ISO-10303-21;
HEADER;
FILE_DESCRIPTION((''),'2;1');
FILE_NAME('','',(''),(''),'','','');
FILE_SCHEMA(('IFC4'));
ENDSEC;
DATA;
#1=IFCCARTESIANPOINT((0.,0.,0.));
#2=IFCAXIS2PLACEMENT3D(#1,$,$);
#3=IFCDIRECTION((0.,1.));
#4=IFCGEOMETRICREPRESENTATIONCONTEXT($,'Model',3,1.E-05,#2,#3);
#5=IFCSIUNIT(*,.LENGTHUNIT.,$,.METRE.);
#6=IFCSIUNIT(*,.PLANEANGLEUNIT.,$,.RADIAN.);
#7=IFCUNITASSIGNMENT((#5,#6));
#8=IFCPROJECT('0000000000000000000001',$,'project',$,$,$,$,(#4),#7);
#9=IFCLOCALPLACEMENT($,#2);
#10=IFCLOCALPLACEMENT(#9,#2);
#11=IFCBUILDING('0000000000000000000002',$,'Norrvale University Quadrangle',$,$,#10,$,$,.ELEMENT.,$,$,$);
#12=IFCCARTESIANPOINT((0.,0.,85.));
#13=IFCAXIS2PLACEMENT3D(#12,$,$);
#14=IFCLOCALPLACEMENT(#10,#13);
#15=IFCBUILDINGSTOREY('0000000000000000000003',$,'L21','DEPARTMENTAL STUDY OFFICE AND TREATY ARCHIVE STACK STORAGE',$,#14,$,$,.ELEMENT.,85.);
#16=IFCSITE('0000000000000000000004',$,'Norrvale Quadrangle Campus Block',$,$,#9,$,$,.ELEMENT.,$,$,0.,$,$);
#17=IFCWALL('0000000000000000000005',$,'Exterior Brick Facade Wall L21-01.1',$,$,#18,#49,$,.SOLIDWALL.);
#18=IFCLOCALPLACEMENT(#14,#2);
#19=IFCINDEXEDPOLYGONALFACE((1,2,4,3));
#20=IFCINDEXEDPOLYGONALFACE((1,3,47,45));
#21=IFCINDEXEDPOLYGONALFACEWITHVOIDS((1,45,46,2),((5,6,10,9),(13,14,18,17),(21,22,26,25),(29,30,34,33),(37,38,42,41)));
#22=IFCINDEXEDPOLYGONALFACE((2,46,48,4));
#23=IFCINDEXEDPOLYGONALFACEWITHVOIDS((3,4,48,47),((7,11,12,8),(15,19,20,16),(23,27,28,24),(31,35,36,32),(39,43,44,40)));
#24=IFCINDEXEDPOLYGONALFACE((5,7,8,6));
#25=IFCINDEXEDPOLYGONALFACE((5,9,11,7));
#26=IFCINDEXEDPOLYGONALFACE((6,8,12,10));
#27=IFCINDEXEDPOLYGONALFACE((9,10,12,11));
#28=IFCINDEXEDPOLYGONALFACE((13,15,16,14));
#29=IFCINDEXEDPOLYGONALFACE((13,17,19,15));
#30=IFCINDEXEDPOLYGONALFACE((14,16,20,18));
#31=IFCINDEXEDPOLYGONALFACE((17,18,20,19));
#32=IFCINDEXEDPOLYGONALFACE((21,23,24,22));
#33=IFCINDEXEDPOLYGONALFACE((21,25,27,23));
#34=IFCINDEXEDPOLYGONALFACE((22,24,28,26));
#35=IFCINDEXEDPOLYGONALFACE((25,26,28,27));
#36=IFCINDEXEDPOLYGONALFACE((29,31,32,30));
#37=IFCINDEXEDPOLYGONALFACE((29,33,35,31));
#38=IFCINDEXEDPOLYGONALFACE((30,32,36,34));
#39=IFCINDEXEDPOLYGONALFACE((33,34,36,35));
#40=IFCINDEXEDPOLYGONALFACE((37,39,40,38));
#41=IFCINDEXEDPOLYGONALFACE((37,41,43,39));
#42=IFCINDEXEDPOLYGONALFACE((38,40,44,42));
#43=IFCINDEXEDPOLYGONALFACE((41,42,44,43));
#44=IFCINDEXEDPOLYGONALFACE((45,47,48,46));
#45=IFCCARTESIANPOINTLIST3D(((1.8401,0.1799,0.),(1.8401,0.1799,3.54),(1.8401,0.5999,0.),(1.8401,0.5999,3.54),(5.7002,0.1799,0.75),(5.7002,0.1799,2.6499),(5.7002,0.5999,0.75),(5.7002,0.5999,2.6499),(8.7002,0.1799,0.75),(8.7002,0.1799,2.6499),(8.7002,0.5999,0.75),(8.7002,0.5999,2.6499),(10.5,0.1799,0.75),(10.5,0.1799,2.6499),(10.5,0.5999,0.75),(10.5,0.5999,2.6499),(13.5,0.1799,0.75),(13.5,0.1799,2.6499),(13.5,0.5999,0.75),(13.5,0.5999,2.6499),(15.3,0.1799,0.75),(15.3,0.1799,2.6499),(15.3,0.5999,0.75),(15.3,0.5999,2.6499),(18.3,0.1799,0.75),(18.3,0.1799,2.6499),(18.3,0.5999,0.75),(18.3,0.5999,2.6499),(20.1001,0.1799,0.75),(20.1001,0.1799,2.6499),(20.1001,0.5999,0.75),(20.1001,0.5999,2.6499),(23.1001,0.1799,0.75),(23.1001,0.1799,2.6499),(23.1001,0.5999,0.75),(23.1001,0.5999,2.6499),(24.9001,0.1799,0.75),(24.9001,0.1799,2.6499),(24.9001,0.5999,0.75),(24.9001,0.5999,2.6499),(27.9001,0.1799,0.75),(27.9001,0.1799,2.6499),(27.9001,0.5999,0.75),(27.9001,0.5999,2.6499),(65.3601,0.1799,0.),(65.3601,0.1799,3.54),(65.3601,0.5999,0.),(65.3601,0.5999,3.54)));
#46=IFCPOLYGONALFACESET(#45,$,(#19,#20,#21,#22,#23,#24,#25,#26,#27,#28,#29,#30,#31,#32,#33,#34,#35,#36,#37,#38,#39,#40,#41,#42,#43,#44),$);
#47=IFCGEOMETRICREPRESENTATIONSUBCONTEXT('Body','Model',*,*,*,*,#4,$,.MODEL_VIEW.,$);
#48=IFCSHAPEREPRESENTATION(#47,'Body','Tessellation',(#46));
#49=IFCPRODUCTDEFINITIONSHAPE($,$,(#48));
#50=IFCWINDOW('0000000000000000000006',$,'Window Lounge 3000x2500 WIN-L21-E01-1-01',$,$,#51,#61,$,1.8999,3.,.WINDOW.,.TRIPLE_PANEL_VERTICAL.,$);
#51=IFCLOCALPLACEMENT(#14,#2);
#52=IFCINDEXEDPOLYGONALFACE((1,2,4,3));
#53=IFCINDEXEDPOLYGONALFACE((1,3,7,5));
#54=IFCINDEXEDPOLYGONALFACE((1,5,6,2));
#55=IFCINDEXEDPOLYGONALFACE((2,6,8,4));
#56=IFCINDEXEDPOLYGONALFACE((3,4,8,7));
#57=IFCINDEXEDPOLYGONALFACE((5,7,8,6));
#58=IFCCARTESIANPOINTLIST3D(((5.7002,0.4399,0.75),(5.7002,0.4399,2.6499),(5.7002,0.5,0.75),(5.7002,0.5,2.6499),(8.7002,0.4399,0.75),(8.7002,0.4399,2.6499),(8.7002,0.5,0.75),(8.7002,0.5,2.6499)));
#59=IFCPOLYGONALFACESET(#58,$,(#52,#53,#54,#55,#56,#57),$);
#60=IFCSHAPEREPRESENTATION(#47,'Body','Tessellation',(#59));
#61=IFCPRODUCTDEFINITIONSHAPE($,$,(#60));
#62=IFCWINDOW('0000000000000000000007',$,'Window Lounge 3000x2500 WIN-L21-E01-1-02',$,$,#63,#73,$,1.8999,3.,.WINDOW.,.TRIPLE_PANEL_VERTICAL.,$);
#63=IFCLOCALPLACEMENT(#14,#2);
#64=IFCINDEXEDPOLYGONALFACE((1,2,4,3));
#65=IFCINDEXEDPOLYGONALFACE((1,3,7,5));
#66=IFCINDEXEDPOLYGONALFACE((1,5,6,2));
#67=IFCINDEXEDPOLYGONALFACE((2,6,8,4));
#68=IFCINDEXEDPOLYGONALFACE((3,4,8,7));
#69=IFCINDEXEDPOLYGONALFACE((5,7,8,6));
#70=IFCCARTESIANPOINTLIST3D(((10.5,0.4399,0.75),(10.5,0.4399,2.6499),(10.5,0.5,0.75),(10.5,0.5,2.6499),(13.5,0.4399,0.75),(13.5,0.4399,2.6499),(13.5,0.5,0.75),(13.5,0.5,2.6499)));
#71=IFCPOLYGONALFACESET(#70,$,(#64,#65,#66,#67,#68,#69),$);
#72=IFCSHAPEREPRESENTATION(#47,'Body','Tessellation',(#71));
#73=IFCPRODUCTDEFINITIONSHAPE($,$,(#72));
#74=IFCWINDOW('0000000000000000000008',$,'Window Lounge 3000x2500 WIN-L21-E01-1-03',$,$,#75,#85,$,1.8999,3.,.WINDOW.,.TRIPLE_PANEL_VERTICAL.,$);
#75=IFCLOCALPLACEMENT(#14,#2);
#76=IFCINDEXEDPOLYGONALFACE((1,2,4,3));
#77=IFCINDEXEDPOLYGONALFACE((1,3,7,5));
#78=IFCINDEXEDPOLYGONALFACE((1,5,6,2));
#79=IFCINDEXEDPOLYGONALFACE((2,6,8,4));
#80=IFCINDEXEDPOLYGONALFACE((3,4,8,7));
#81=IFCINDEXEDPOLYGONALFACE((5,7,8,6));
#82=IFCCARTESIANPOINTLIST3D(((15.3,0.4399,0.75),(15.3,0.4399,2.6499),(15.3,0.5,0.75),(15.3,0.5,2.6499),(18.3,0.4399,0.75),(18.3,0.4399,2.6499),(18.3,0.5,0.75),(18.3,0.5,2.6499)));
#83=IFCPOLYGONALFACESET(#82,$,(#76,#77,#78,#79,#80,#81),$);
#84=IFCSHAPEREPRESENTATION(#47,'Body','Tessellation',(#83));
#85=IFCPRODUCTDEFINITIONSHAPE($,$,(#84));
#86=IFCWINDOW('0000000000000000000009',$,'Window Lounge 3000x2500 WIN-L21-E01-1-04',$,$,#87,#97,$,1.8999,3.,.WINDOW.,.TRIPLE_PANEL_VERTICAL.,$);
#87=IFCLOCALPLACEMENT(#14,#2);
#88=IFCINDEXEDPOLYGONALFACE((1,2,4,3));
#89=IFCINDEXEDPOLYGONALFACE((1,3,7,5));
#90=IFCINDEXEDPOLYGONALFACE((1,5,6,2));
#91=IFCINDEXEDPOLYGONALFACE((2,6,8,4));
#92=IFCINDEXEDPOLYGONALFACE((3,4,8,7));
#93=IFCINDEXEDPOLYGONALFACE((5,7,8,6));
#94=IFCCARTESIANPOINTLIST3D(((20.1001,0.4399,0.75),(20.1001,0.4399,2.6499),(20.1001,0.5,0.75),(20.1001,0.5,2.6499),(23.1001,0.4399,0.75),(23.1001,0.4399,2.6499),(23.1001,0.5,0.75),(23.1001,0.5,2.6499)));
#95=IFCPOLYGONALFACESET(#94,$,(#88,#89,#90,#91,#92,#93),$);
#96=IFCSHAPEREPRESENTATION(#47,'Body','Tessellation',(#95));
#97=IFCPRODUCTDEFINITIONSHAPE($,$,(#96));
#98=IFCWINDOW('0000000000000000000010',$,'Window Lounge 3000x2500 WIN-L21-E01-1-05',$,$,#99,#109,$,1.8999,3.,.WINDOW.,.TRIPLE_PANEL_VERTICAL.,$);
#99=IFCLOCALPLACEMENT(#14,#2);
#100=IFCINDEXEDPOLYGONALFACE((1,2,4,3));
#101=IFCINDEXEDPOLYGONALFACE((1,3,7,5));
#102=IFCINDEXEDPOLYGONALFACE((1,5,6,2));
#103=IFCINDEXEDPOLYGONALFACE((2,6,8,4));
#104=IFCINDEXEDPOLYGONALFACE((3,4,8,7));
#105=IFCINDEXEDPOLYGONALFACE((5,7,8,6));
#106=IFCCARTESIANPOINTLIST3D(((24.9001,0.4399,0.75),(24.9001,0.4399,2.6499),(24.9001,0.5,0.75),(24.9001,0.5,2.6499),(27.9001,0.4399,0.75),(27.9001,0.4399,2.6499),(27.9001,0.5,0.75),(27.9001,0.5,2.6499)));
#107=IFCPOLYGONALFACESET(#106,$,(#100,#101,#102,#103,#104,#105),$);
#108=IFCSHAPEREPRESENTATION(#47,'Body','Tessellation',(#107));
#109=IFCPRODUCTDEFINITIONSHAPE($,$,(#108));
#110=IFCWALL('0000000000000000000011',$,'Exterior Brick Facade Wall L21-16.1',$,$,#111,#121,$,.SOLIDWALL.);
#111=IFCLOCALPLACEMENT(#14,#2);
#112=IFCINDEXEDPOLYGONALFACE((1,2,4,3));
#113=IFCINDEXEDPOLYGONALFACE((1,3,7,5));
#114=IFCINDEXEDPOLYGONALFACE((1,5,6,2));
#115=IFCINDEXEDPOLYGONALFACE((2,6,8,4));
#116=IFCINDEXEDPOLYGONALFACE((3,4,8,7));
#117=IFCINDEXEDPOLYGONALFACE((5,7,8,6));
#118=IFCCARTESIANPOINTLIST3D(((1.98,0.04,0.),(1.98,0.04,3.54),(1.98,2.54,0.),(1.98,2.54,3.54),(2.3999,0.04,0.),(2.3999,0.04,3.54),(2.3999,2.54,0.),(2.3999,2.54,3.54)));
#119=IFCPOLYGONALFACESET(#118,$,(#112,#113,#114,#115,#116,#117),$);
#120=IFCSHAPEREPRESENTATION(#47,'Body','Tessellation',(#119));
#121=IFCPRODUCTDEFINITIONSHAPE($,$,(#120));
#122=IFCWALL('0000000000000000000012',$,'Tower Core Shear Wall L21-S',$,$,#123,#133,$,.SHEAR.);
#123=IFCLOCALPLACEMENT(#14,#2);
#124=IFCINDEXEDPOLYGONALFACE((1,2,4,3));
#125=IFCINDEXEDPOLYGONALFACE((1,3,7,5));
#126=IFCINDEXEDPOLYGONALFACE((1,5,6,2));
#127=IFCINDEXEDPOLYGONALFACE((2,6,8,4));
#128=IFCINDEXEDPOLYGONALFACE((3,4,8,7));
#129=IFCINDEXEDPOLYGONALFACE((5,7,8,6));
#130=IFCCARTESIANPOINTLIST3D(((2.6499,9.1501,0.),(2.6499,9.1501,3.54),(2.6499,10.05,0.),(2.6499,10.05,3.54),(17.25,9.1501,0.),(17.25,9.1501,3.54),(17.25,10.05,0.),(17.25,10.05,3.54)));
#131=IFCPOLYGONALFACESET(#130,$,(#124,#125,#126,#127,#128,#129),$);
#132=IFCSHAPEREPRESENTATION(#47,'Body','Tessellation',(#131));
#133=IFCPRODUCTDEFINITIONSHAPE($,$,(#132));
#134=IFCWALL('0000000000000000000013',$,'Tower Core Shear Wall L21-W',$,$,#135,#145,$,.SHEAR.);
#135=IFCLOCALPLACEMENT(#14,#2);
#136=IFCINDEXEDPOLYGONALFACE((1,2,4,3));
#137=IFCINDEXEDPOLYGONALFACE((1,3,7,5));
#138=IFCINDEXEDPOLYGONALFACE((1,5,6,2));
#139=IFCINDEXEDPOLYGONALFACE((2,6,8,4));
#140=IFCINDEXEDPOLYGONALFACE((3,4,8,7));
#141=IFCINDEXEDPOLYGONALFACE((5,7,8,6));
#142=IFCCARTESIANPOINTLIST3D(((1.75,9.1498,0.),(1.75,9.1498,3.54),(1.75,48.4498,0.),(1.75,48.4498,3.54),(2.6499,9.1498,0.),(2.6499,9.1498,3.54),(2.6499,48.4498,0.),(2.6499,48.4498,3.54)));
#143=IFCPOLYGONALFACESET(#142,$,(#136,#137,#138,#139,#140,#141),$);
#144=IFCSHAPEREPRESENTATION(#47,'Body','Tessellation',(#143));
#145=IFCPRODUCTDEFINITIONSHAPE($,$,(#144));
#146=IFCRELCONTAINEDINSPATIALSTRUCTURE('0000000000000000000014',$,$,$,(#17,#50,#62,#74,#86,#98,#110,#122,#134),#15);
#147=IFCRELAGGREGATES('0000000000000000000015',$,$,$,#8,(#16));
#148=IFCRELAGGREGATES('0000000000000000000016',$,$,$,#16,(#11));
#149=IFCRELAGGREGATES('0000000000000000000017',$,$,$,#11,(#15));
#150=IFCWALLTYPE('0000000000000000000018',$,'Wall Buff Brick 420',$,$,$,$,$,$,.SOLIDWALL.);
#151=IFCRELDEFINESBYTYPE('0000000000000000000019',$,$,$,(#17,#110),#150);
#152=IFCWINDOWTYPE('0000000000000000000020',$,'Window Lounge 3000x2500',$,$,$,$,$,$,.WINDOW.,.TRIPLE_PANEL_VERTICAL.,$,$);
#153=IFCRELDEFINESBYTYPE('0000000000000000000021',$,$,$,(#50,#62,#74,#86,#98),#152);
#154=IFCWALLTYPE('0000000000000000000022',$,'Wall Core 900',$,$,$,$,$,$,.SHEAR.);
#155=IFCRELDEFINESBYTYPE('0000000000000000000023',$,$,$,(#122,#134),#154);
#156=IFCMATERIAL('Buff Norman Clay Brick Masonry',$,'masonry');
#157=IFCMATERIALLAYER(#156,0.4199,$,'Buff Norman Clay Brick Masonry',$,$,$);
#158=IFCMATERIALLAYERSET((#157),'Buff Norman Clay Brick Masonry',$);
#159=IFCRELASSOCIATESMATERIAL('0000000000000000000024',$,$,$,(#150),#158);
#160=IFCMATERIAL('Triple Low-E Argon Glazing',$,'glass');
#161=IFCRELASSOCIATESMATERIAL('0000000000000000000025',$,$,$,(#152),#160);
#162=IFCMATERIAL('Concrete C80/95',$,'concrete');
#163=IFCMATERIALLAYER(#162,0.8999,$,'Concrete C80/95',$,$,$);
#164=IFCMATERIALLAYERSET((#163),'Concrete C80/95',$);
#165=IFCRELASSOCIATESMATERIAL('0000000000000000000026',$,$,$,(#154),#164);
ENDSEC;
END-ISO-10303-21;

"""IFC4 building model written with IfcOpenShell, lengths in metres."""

from ifc_helpers import new_model, si_unit, direction, frame, frame_2d, origin, place, context, subcontext, project, spatial, rectangle, extrude, material, layer, layer_set, type_object, element, fill, save


model = new_model("IFC4")

# Units and contexts
model_context = context("Model", 3, precision=1e-05, world=origin(), true_north=direction((0.0, 1.0)))
body_context = subcontext(model_context, "Body", "Model", "MODEL_VIEW")
ifc_project = project(units=[si_unit("LENGTHUNIT", "METRE"), si_unit("PLANEANGLEUNIT", "RADIAN")], contexts=[model_context])

# Site, building, storey
site_placement = place(None, origin())
site = spatial("IfcSite", under=ifc_project, at=site_placement, Name="Norrvale Quadrangle Campus Block", CompositionType="ELEMENT", RefElevation=0.0)
building_placement = place(site_placement, origin())
building = spatial("IfcBuilding", under=site, at=building_placement, Name="Norrvale University Quadrangle", CompositionType="ELEMENT")
storey_placement = place(building_placement, frame((0.0, 0.0, 85.0)))
storey = spatial("IfcBuildingStorey", under=building, at=storey_placement, Name="L21", Description="DEPARTMENTAL STUDY OFFICE AND TREATY ARCHIVE STACK STORAGE", CompositionType="ELEMENT", Elevation=85.0)

# Shared definitions
ifc_material_1 = material(Name="Concrete C80/95", Category="concrete")

# Wall, openings, windows
ifc_material_2 = material(Name="Buff Norman Clay Brick Masonry", Category="masonry")
ifc_layer_1 = layer(ifc_material_2, 0.4199, Name="Buff Norman Clay Brick Masonry")
ifc_layer_set_1 = layer_set([ifc_layer_1], Name="Buff Norman Clay Brick Masonry")
wall_type_1 = type_object("IfcWallType", Name="Wall Buff Brick 420", PredefinedType="SOLIDWALL", material=ifc_layer_set_1)
wall_1_placement = place(storey_placement, frame((1.8401, 0.3899, 0.0), z_axis=(0.0, 0.0, 1.0), x_axis=(1.0, 0.0, 0.0)))
wall_1 = element("IfcWall", 1, at=wall_1_placement, inside=storey, type_object=wall_type_1, Name="Exterior Brick Facade Wall L21-01.1", PredefinedType="SOLIDWALL", context=body_context, shape_type="SweptSolid", body=[
    extrude(rectangle(XDim=63.52, YDim=0.4199, at=frame_2d((31.76, 0.0))), origin(), (0.0, 0.0, 1.0), 3.54),
])
opening_1_placement = place(wall_1_placement, frame((3.8601, 0.0, 0.75)))
opening_1 = element("IfcOpeningElement", 2, at=opening_1_placement, cuts=wall_1, PredefinedType="OPENING", context=body_context, shape_type="SweptSolid", body=[
    extrude(rectangle(XDim=3.0, YDim=1.8999, at=frame_2d((1.5, 0.95))), frame((0.0, 0.2219, 0.0), z_axis=(0.0, -1.0, 0.0), x_axis=(1.0, 0.0, 0.0)), (0.0, 0.0, 1.0), 0.4438),
])
opening_2_placement = place(wall_1_placement, frame((8.6599, 0.0, 0.75)))
opening_2 = element("IfcOpeningElement", 3, at=opening_2_placement, cuts=wall_1, PredefinedType="OPENING", context=body_context, shape_type="SweptSolid", body=[
    extrude(rectangle(XDim=3.0, YDim=1.8999, at=frame_2d((1.5, 0.95))), frame((0.0, 0.2219, 0.0), z_axis=(0.0, -1.0, 0.0), x_axis=(1.0, 0.0, 0.0)), (0.0, 0.0, 1.0), 0.4438),
])
opening_3_placement = place(wall_1_placement, frame((13.46, 0.0, 0.75)))
opening_3 = element("IfcOpeningElement", 4, at=opening_3_placement, cuts=wall_1, PredefinedType="OPENING", context=body_context, shape_type="SweptSolid", body=[
    extrude(rectangle(XDim=3.0, YDim=1.8999, at=frame_2d((1.5, 0.95))), frame((0.0, 0.2219, 0.0), z_axis=(0.0, -1.0, 0.0), x_axis=(1.0, 0.0, 0.0)), (0.0, 0.0, 1.0), 0.4438),
])
opening_4_placement = place(wall_1_placement, frame((18.26, 0.0, 0.75)))
opening_4 = element("IfcOpeningElement", 5, at=opening_4_placement, cuts=wall_1, PredefinedType="OPENING", context=body_context, shape_type="SweptSolid", body=[
    extrude(rectangle(XDim=3.0, YDim=1.8999, at=frame_2d((1.5, 0.95))), frame((0.0, 0.2219, 0.0), z_axis=(0.0, -1.0, 0.0), x_axis=(1.0, 0.0, 0.0)), (0.0, 0.0, 1.0), 0.4438),
])
opening_5_placement = place(wall_1_placement, frame((23.0601, 0.0, 0.75)))
opening_5 = element("IfcOpeningElement", 6, at=opening_5_placement, cuts=wall_1, PredefinedType="OPENING", context=body_context, shape_type="SweptSolid", body=[
    extrude(rectangle(XDim=3.0, YDim=1.8999, at=frame_2d((1.5, 0.95))), frame((0.0, 0.2219, 0.0), z_axis=(0.0, -1.0, 0.0), x_axis=(1.0, 0.0, 0.0)), (0.0, 0.0, 1.0), 0.4438),
])
ifc_material_3 = material(Name="Triple Low-E Argon Glazing", Category="glass")
window_type = type_object("IfcWindowType", Name="Window Lounge 3000x2500", PartitioningType="TRIPLE_PANEL_VERTICAL", PredefinedType="WINDOW", material=ifc_material_3)
window_1_placement = place(opening_1_placement, origin())
window_1 = element("IfcWindow", 7, at=window_1_placement, inside=storey, type_object=window_type, Name="Window Lounge 3000x2500 WIN-L21-E01-1-01", OverallHeight=1.8999, OverallWidth=3.0, PartitioningType="TRIPLE_PANEL_VERTICAL", PredefinedType="WINDOW", context=body_context, shape_type="SweptSolid", body=[
    extrude(rectangle(XDim=3.0, YDim=1.8999, at=frame_2d((1.5, 0.95))), frame((0.0, 0.1101, 0.0), z_axis=(0.0, -1.0, 0.0), x_axis=(1.0, 0.0, 0.0)), (0.0, 0.0, 1.0), 0.0601),
])
fill(opening_1, window_1)
window_2_placement = place(opening_2_placement, origin())
window_2 = element("IfcWindow", 8, at=window_2_placement, inside=storey, type_object=window_type, Name="Window Lounge 3000x2500 WIN-L21-E01-1-02", OverallHeight=1.8999, OverallWidth=3.0, PartitioningType="TRIPLE_PANEL_VERTICAL", PredefinedType="WINDOW", context=body_context, shape_type="SweptSolid", body=[
    extrude(rectangle(XDim=3.0, YDim=1.8999, at=frame_2d((1.5, 0.95))), frame((0.0, 0.1101, 0.0), z_axis=(0.0, -1.0, 0.0), x_axis=(1.0, 0.0, 0.0)), (0.0, 0.0, 1.0), 0.0601),
])
fill(opening_2, window_2)
window_3_placement = place(opening_3_placement, origin())
window_3 = element("IfcWindow", 9, at=window_3_placement, inside=storey, type_object=window_type, Name="Window Lounge 3000x2500 WIN-L21-E01-1-03", OverallHeight=1.8999, OverallWidth=3.0, PartitioningType="TRIPLE_PANEL_VERTICAL", PredefinedType="WINDOW", context=body_context, shape_type="SweptSolid", body=[
    extrude(rectangle(XDim=3.0, YDim=1.8999, at=frame_2d((1.5, 0.95))), frame((0.0, 0.1101, 0.0), z_axis=(0.0, -1.0, 0.0), x_axis=(1.0, 0.0, 0.0)), (0.0, 0.0, 1.0), 0.0601),
])
fill(opening_3, window_3)
window_4_placement = place(opening_4_placement, origin())
window_4 = element("IfcWindow", 10, at=window_4_placement, inside=storey, type_object=window_type, Name="Window Lounge 3000x2500 WIN-L21-E01-1-04", OverallHeight=1.8999, OverallWidth=3.0, PartitioningType="TRIPLE_PANEL_VERTICAL", PredefinedType="WINDOW", context=body_context, shape_type="SweptSolid", body=[
    extrude(rectangle(XDim=3.0, YDim=1.8999, at=frame_2d((1.5, 0.95))), frame((0.0, 0.1101, 0.0), z_axis=(0.0, -1.0, 0.0), x_axis=(1.0, 0.0, 0.0)), (0.0, 0.0, 1.0), 0.0601),
])
fill(opening_4, window_4)
window_5_placement = place(opening_5_placement, origin())
window_5 = element("IfcWindow", 11, at=window_5_placement, inside=storey, type_object=window_type, Name="Window Lounge 3000x2500 WIN-L21-E01-1-05", OverallHeight=1.8999, OverallWidth=3.0, PartitioningType="TRIPLE_PANEL_VERTICAL", PredefinedType="WINDOW", context=body_context, shape_type="SweptSolid", body=[
    extrude(rectangle(XDim=3.0, YDim=1.8999, at=frame_2d((1.5, 0.95))), frame((0.0, 0.1101, 0.0), z_axis=(0.0, -1.0, 0.0), x_axis=(1.0, 0.0, 0.0)), (0.0, 0.0, 1.0), 0.0601),
])
fill(opening_5, window_5)

# Walls
wall_2_placement = place(storey_placement, frame((2.1899, 2.54, 0.0), z_axis=(0.0, 0.0, 1.0), x_axis=(0.0, -1.0, 0.0)))
element("IfcWall", 12, at=wall_2_placement, inside=storey, type_object=wall_type_1, Name="Exterior Brick Facade Wall L21-16.1", PredefinedType="SOLIDWALL", context=body_context, shape_type="SweptSolid", body=[
    extrude(rectangle(XDim=2.5, YDim=0.4199, at=frame_2d((1.25, 0.0))), origin(), (0.0, 0.0, 1.0), 3.54),
])
ifc_layer_2 = layer(ifc_material_1, 0.8999, Name="Concrete C80/95")
ifc_layer_set_2 = layer_set([ifc_layer_2], Name="Concrete C80/95")
wall_type_2 = type_object("IfcWallType", Name="Wall Core 900", PredefinedType="SHEAR", material=ifc_layer_set_2)
wall_3_placement = place(storey_placement, frame((2.6499, 9.6001, 0.0), z_axis=(0.0, 0.0, 1.0), x_axis=(1.0, 0.0, 0.0)))
element("IfcWall", 13, at=wall_3_placement, inside=storey, type_object=wall_type_2, Name="Tower Core Shear Wall L21-S", PredefinedType="SHEAR", context=body_context, shape_type="SweptSolid", body=[
    extrude(rectangle(XDim=14.6001, YDim=0.8999, at=frame_2d((7.3, 0.0))), origin(), (0.0, 0.0, 1.0), 3.54),
])
wall_4_placement = place(storey_placement, frame((2.2, 9.1499, 0.0), z_axis=(0.0, 0.0, 1.0), x_axis=(0.0, 1.0, 0.0)))
element("IfcWall", 14, at=wall_4_placement, inside=storey, type_object=wall_type_2, Name="Tower Core Shear Wall L21-W", PredefinedType="SHEAR", context=body_context, shape_type="SweptSolid", body=[
    extrude(rectangle(XDim=39.3, YDim=0.8999, at=frame_2d((19.6499, 0.0))), origin(), (0.0, 0.0, 1.0), 3.54),
])

save(model, "model.ifc")
